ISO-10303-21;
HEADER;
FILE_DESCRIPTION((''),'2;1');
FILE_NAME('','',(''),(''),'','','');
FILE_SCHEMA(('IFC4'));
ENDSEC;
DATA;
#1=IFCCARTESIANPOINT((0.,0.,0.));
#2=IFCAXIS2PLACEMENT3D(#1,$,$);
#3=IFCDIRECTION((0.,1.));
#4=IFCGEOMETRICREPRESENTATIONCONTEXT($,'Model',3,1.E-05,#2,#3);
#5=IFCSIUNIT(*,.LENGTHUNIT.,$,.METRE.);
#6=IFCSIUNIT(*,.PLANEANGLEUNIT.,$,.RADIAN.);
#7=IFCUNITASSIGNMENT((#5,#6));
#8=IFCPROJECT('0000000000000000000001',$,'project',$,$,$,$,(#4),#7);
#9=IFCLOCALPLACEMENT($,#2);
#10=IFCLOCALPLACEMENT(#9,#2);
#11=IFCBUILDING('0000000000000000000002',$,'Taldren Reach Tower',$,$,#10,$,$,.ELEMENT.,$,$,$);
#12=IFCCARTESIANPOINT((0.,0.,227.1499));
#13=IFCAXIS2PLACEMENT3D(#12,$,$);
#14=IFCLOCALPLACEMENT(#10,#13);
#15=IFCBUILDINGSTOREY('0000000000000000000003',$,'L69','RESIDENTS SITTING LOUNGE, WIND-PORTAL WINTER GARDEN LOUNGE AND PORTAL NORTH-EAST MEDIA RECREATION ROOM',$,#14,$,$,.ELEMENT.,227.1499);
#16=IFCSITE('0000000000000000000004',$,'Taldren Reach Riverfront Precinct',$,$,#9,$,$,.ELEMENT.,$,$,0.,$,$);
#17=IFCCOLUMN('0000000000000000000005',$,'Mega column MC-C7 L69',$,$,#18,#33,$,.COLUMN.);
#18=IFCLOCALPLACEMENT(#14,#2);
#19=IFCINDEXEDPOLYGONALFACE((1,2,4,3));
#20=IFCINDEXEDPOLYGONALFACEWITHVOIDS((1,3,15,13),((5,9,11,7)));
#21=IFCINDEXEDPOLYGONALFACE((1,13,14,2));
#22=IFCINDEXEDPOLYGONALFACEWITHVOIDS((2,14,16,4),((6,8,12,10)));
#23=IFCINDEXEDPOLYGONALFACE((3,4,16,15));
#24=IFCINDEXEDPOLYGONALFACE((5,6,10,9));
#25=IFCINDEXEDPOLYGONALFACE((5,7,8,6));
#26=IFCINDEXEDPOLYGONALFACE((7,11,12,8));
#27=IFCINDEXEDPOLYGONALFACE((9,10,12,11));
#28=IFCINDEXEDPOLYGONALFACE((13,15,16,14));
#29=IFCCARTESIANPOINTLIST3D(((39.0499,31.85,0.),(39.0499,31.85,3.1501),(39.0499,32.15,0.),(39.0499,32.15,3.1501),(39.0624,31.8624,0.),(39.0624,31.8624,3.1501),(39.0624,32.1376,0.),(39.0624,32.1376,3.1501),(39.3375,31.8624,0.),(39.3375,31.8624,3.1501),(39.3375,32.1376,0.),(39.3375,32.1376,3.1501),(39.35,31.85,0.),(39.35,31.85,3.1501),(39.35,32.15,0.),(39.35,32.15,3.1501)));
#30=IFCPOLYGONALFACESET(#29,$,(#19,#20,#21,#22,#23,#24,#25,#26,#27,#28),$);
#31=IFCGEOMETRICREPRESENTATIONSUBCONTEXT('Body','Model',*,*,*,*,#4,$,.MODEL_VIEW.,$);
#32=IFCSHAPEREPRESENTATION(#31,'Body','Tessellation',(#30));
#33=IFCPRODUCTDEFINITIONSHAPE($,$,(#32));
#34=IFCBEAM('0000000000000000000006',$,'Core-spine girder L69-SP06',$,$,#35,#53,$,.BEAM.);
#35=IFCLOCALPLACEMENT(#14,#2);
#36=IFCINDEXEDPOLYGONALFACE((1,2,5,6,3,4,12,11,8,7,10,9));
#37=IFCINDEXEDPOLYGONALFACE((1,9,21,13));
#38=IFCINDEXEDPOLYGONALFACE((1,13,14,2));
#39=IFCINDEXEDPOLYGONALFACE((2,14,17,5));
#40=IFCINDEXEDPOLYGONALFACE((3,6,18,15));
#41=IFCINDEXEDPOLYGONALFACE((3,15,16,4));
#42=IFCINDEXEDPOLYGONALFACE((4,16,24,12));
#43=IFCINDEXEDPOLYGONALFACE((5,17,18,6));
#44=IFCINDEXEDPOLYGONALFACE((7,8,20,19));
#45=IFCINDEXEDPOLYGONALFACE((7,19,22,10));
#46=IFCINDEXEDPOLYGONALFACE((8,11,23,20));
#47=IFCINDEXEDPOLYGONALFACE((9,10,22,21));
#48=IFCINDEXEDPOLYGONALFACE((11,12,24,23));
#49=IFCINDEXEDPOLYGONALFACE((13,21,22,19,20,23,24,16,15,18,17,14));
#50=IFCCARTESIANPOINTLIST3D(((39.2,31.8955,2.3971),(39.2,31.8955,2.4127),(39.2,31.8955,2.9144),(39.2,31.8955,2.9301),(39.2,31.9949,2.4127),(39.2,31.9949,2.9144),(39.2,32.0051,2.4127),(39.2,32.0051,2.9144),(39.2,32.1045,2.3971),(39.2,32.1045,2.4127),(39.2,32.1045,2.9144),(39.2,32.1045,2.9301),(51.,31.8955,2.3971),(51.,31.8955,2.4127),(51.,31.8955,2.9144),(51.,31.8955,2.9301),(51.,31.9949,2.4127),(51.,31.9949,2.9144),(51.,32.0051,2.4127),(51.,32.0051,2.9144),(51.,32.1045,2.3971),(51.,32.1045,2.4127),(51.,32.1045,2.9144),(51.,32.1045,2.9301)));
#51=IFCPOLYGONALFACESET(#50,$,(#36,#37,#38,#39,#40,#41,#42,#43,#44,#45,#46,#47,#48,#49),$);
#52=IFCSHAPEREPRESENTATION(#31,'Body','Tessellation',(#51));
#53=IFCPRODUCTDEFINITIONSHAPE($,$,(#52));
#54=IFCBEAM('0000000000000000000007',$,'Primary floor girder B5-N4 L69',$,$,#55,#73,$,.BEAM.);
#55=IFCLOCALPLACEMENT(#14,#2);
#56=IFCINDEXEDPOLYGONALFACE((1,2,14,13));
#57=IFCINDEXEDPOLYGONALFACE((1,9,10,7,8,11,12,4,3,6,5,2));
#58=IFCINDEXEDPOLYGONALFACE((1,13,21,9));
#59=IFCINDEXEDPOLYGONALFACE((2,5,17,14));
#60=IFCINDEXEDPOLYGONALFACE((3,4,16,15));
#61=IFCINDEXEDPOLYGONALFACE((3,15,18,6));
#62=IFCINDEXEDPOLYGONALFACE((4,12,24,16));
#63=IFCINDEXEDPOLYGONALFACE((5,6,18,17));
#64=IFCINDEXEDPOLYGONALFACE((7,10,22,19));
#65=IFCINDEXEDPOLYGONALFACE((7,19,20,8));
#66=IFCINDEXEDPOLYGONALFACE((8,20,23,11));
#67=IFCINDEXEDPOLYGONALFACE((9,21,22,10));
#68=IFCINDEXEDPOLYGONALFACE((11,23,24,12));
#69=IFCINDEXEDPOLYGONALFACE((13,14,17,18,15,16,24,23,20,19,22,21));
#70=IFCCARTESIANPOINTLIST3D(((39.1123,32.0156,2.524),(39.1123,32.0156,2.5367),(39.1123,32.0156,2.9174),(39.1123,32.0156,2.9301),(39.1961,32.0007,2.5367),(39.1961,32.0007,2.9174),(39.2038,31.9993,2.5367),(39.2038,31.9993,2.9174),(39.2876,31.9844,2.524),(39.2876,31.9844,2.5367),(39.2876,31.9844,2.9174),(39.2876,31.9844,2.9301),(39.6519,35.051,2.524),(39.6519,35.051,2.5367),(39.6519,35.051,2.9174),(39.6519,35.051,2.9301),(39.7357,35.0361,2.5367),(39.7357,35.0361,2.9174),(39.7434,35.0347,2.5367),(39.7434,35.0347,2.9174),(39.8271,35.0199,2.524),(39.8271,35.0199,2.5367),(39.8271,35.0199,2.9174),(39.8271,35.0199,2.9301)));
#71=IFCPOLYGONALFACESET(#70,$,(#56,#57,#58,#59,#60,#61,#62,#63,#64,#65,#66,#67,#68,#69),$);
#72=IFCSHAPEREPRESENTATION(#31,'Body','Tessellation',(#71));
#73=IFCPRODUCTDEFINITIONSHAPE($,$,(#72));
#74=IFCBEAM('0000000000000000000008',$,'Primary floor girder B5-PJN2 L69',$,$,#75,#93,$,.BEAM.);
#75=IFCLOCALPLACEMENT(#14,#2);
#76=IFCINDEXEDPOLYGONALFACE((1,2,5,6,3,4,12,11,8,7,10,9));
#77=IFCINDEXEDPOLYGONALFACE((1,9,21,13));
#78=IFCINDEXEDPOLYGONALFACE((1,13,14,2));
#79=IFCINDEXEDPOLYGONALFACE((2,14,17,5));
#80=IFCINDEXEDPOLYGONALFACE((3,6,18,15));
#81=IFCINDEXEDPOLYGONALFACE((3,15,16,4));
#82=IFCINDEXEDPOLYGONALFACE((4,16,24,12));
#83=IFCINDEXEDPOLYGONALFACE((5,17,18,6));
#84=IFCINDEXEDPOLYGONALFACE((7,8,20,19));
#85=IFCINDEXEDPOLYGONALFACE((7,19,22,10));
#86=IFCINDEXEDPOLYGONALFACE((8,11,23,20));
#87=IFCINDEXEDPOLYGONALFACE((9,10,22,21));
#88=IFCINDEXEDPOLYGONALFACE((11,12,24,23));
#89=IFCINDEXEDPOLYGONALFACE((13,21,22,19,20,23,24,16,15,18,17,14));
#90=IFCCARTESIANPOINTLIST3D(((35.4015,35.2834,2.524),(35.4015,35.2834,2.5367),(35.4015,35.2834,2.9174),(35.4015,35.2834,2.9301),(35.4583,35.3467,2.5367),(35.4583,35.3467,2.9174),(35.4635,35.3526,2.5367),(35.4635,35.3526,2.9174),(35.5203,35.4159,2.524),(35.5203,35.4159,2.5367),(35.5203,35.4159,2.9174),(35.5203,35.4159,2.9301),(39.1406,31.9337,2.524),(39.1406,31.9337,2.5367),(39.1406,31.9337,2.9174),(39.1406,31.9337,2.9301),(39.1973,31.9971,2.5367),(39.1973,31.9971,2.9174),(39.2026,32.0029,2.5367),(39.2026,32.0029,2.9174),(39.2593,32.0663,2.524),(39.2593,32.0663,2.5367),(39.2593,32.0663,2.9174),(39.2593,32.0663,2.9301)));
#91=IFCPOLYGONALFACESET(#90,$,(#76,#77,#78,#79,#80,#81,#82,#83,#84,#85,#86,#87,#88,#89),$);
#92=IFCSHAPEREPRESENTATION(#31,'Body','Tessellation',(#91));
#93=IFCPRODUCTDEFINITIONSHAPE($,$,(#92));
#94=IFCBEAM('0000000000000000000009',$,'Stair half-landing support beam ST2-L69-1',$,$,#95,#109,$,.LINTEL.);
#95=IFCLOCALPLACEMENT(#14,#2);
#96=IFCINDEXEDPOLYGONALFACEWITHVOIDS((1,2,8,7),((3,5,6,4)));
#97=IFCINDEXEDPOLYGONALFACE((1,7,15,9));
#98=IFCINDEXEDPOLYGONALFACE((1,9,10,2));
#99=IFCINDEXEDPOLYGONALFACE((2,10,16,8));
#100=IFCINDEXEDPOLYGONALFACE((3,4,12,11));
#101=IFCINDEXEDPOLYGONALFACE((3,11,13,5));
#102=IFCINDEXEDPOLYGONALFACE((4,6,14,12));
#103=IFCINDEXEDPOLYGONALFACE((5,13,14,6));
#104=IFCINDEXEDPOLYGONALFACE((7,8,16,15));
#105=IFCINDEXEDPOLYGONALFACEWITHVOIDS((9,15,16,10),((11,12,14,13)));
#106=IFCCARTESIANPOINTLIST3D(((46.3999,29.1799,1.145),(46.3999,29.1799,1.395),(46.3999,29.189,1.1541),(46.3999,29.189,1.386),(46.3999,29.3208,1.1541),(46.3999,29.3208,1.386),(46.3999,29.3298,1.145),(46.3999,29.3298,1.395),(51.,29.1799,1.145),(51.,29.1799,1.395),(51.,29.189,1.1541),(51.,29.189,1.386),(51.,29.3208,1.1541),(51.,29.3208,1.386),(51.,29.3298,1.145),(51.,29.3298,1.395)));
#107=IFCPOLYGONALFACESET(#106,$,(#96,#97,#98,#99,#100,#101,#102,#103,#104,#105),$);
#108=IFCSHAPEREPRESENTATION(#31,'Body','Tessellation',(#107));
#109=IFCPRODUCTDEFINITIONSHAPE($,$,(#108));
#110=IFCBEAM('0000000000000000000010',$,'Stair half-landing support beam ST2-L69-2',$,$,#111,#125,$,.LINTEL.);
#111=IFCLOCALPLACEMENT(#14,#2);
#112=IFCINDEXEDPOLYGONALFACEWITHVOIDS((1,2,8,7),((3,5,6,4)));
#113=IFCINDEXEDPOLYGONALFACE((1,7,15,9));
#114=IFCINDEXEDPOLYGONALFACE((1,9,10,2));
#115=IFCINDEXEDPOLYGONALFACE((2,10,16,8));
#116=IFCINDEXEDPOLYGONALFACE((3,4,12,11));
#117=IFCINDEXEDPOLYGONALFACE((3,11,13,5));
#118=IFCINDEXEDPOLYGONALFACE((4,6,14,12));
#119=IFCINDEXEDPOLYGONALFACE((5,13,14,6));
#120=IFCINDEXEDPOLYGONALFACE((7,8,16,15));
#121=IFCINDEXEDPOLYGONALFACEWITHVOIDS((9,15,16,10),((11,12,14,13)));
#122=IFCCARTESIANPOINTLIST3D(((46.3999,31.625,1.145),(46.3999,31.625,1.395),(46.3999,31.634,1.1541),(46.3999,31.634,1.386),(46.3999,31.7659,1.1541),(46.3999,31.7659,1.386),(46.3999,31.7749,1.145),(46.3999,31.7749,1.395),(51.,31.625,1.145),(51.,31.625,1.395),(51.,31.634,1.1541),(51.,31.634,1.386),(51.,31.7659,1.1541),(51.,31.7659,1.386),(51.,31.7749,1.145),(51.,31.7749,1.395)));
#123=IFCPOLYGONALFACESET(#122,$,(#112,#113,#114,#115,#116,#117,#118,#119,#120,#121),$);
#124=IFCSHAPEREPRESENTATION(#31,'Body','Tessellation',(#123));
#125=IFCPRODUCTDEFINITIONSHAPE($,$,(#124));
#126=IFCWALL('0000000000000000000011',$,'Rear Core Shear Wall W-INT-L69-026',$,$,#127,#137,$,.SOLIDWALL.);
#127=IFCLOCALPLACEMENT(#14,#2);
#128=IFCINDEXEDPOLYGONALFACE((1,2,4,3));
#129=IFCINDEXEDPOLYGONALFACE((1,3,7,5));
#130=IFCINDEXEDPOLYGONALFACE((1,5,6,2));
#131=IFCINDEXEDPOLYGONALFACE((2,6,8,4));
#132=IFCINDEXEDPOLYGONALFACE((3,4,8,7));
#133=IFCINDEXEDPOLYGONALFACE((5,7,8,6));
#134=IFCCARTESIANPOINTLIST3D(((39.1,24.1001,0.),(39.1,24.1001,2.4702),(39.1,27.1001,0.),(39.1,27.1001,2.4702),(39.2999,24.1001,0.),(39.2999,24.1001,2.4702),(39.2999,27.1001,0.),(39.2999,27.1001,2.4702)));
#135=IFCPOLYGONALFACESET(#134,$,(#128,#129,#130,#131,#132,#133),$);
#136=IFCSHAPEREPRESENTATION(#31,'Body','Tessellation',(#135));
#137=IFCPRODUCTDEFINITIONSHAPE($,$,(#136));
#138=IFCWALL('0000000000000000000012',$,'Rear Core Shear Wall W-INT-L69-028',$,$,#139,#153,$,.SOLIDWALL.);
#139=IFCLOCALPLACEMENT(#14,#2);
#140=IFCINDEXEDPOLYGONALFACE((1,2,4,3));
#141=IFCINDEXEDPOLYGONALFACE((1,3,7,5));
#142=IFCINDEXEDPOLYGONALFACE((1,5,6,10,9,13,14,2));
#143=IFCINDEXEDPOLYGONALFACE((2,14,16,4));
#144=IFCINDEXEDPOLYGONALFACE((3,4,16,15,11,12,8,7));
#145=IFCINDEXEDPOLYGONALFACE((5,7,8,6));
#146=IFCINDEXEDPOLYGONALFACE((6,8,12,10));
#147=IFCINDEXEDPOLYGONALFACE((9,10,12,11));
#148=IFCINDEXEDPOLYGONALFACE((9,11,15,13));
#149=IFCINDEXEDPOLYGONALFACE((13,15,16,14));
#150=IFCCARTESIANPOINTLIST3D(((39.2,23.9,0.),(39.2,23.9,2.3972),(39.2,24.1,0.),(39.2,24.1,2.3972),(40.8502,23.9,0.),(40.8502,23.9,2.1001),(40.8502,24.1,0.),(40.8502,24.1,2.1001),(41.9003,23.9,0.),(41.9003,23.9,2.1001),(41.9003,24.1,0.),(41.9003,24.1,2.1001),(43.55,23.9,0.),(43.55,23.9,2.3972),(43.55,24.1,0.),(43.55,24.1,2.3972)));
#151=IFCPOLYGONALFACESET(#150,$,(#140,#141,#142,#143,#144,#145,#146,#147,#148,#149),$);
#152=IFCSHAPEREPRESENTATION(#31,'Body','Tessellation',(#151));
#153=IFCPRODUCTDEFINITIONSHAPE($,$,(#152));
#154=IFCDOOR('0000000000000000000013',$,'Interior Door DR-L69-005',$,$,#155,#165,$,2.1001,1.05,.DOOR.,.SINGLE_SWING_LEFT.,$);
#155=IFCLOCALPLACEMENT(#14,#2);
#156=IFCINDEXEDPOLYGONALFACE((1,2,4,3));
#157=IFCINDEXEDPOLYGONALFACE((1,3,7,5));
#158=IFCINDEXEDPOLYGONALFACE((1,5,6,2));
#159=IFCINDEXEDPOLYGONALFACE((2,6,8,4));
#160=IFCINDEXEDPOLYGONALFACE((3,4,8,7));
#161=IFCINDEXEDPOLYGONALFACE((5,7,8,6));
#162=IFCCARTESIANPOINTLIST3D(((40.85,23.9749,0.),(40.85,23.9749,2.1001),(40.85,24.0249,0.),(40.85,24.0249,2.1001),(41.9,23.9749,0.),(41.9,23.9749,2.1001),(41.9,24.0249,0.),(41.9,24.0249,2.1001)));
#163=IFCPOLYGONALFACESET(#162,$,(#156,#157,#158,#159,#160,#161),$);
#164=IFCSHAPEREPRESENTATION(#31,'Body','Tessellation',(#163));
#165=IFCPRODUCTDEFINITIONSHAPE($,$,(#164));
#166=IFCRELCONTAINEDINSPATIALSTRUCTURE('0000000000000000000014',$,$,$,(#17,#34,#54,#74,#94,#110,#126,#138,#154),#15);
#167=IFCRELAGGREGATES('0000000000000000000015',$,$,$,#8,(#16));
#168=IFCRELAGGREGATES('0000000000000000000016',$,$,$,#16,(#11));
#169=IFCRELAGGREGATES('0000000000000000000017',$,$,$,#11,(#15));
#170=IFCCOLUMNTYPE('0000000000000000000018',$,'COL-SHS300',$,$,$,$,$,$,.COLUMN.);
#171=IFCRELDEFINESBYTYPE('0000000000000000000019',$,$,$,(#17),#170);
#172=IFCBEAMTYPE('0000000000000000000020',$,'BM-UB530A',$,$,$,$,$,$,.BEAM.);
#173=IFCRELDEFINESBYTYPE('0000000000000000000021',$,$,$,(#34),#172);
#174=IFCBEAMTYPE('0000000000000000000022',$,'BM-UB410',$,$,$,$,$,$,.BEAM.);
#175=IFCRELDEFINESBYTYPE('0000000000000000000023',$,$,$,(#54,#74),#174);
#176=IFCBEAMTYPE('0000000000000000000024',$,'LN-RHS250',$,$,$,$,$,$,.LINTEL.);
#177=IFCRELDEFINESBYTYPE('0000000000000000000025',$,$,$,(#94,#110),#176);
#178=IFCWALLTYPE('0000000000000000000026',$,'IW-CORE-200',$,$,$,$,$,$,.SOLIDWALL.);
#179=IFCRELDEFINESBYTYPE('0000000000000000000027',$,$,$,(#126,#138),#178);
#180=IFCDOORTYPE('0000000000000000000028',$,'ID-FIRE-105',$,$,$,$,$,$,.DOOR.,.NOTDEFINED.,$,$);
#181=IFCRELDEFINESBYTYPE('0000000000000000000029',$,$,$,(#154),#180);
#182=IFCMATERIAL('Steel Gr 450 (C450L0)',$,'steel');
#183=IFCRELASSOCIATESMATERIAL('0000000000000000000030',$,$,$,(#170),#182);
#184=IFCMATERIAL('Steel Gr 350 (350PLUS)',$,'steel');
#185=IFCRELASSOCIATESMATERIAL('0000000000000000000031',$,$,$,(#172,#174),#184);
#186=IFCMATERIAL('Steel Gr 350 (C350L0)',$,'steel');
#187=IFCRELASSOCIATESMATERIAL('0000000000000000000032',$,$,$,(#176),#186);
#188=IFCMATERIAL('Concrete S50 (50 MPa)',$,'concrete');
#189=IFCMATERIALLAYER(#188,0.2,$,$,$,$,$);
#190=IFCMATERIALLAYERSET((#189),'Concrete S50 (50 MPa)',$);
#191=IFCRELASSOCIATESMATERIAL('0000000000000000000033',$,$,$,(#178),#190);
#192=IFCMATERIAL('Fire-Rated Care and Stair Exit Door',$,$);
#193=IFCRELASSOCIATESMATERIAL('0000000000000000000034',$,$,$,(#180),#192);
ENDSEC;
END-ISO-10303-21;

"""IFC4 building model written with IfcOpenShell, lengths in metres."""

from ifc_helpers import new_model, si_unit, direction, frame, frame_2d, origin, origin_2d, place, context, subcontext, project, spatial, rectangle, hollow_rectangle, i_section, extrude, source, transform, mapped, material, layer, layer_set, material_profile, profile_set, type_object, element, fill, save


model = new_model("IFC4")

# Units and contexts
model_context = context("Model", 3, precision=1e-05, world=origin(), true_north=direction((0.0, 1.0)))
body_context = subcontext(model_context, "Body", "Model", "MODEL_VIEW")
ifc_project = project(units=[si_unit("LENGTHUNIT", "METRE"), si_unit("PLANEANGLEUNIT", "RADIAN")], contexts=[model_context])

# Site, building, storey
site_placement = place(None, origin())
site = spatial("IfcSite", under=ifc_project, at=site_placement, Name="Taldren Reach Riverfront Precinct", CompositionType="ELEMENT", RefElevation=0.0)
building_placement = place(site_placement, origin())
building = spatial("IfcBuilding", under=site, at=building_placement, Name="Taldren Reach Tower", CompositionType="ELEMENT")
storey_placement = place(building_placement, frame((0.0, 0.0, 227.1499)))
storey = spatial("IfcBuildingStorey", under=building, at=storey_placement, Name="L69", Description="RESIDENTS SITTING LOUNGE, WIND-PORTAL WINTER GARDEN LOUNGE AND PORTAL NORTH-EAST MEDIA RECREATION ROOM", CompositionType="ELEMENT", Elevation=227.1499)

# Column
ifc_material_1 = material(Name="Steel Gr 450 (C450L0)", Category="steel")
ifc_material_profile_1 = material_profile(ifc_material_1, hollow_rectangle(XDim=0.3, YDim=0.3, WallThickness=0.0125, at=origin_2d()), Name="300x300x12.5SHS")
ifc_profile_set_1 = profile_set([ifc_material_profile_1], Name="Steel Gr 450 (C450L0)")
column_type = type_object("IfcColumnType", Name="COL-SHS300", PredefinedType="COLUMN", material=ifc_profile_set_1)
shared_shape_1 = source(origin(), body_context, "Body", "SweptSolid", [
    extrude(hollow_rectangle(XDim=0.3, YDim=0.3, WallThickness=0.0125, at=origin_2d()), origin(), (0.0, 0.0, 1.0), 3.1501),
])
column_placement = place(storey_placement, frame((39.2, 32.0, 0.0), z_axis=(0.0, 0.0, 1.0), x_axis=(1.0, 0.0, 0.0)))
element("IfcColumn", 1, at=column_placement, inside=storey, type_object=column_type, Name="Mega column MC-C7 L69", PredefinedType="COLUMN", context=body_context, shape_type="MappedRepresentation", body=[
    mapped(shared_shape_1, transform((0.0, 0.0, 0.0), scale=1.0)),
])

# Beams
ifc_material_2 = material(Name="Steel Gr 350 (350PLUS)", Category="steel")
ifc_material_profile_2 = material_profile(ifc_material_2, i_section(OverallWidth=0.209, OverallDepth=0.533, WebThickness=0.0103, FlangeThickness=0.0156, at=origin_2d()), Name="530UB92.4")
ifc_profile_set_2 = profile_set([ifc_material_profile_2], Name="Steel Gr 350 (350PLUS)")
beam_type_1 = type_object("IfcBeamType", Name="BM-UB530A", PredefinedType="BEAM", material=ifc_profile_set_2)
shared_shape_2 = source(origin(), body_context, "Body", "SweptSolid", [
    extrude(i_section(OverallWidth=0.209, OverallDepth=0.533, WebThickness=0.0103, FlangeThickness=0.0156, at=origin_2d()), origin(), (0.0, 0.0, 1.0), 11.8),
])
beam_1_placement = place(storey_placement, frame((39.2, 32.0, 2.6636), z_axis=(1.0, 0.0, 0.0), x_axis=(0.0, 1.0, 0.0)))
element("IfcBeam", 2, at=beam_1_placement, inside=storey, type_object=beam_type_1, Name="Core-spine girder L69-SP06", PredefinedType="BEAM", context=body_context, shape_type="MappedRepresentation", body=[
    mapped(shared_shape_2, transform((0.0, 0.0, 0.0), scale=1.0)),
])
ifc_material_profile_3 = material_profile(ifc_material_2, i_section(OverallWidth=0.178, OverallDepth=0.406, WebThickness=0.0078, FlangeThickness=0.0127, at=origin_2d()), Name="410UB59.7")
ifc_profile_set_3 = profile_set([ifc_material_profile_3], Name="Steel Gr 350 (350PLUS)")
beam_type_2 = type_object("IfcBeamType", Name="BM-UB410", PredefinedType="BEAM", material=ifc_profile_set_3)
shared_shape_3 = source(origin(), body_context, "Body", "SweptSolid", [
    extrude(i_section(OverallWidth=0.178, OverallDepth=0.406, WebThickness=0.0078, FlangeThickness=0.0127, at=origin_2d()), origin(), (0.0, 0.0, 1.0), 3.083),
])
beam_2_placement = place(storey_placement, frame((39.2, 32.0, 2.7271), z_axis=(0.175009, 0.984567, 0.0), x_axis=(-0.984567, 0.175009, 0.0)))
element("IfcBeam", 3, at=beam_2_placement, inside=storey, type_object=beam_type_2, Name="Primary floor girder B5-N4 L69", PredefinedType="BEAM", context=body_context, shape_type="MappedRepresentation", body=[
    mapped(shared_shape_3, transform((0.0, 0.0, 0.0), scale=1.0)),
])
shared_shape_4 = source(origin(), body_context, "Body", "SweptSolid", [
    extrude(i_section(OverallWidth=0.178, OverallDepth=0.406, WebThickness=0.0078, FlangeThickness=0.0127, at=origin_2d()), origin(), (0.0, 0.0, 1.0), 5.02),
])
beam_3_placement = place(storey_placement, frame((39.2, 32.0, 2.7271), z_axis=(-0.744828, 0.667257, 0.0), x_axis=(-0.667257, -0.744828, 0.0)))
element("IfcBeam", 4, at=beam_3_placement, inside=storey, type_object=beam_type_2, Name="Primary floor girder B5-PJN2 L69", PredefinedType="BEAM", context=body_context, shape_type="MappedRepresentation", body=[
    mapped(shared_shape_4, transform((0.0, 0.0, 0.0), scale=1.0)),
])
ifc_material_3 = material(Name="Steel Gr 350 (C350L0)", Category="steel")
ifc_material_profile_4 = material_profile(ifc_material_3, hollow_rectangle(XDim=0.1499, YDim=0.25, WallThickness=0.009, at=origin_2d()), Name="250x150x9.0RHS")
ifc_profile_set_4 = profile_set([ifc_material_profile_4], Name="Steel Gr 350 (C350L0)")
beam_type_3 = type_object("IfcBeamType", Name="LN-RHS250", PredefinedType="LINTEL", material=ifc_profile_set_4)
shared_shape_5 = source(origin(), body_context, "Body", "SweptSolid", [
    extrude(hollow_rectangle(XDim=0.1499, YDim=0.25, WallThickness=0.009, at=origin_2d()), origin(), (0.0, 0.0, 1.0), 4.6001),
])
for number, where, z_axis, x_axis, name in (
    (5, (46.3999, 29.2549, 1.27), (1.0, 0.0, 0.0), (0.0, 1.0, 0.0), "Stair half-landing support beam ST2-L69-1"),
    (6, (46.3999, 31.7, 1.27), (1.0, 0.0, 0.0), (0.0, 1.0, 0.0), "Stair half-landing support beam ST2-L69-2"),
):
    element("IfcBeam", number, at=place(storey_placement, frame(where, z_axis=z_axis, x_axis=x_axis)), inside=storey, type_object=beam_type_3, Name=name, PredefinedType="LINTEL", context=body_context, shape_type="MappedRepresentation", body=[
        mapped(shared_shape_5, transform((0.0, 0.0, 0.0), scale=1.0)),
    ])

# Wall
ifc_material_4 = material(Name="Concrete S50 (50 MPa)", Category="concrete")
ifc_layer_1 = layer(ifc_material_4, 0.2)
ifc_layer_set_1 = layer_set([ifc_layer_1], Name="Concrete S50 (50 MPa)")
wall_type_1 = type_object("IfcWallType", Name="IW-CORE-200", PredefinedType="SOLIDWALL", material=ifc_layer_set_1)
shared_shape_6 = source(origin(), body_context, "Body", "SweptSolid", [
    extrude(rectangle(XDim=3.0, YDim=0.2, at=frame_2d((1.5, 0.0))), origin(), (0.0, 0.0, 1.0), 2.4702),
])
wall_1_placement = place(storey_placement, frame((39.2, 24.1001, 0.0), z_axis=(0.0, 0.0, 1.0), x_axis=(0.0, 1.0, 0.0)))
element("IfcWall", 7, at=wall_1_placement, inside=storey, type_object=wall_type_1, Name="Rear Core Shear Wall W-INT-L69-026", PredefinedType="SOLIDWALL", context=body_context, shape_type="MappedRepresentation", body=[
    mapped(shared_shape_6, transform((0.0, 0.0, 0.0), scale=1.0)),
])

# Wall, opening, door
shared_shape_7 = source(origin(), body_context, "Body", "SweptSolid", [
    extrude(rectangle(XDim=4.3501, YDim=0.2, at=frame_2d((2.175, 0.0))), origin(), (0.0, 0.0, 1.0), 2.3972),
])
wall_2_placement = place(storey_placement, frame((43.55, 24.0, 0.0), z_axis=(0.0, 0.0, 1.0), x_axis=(-1.0, 0.0, 0.0)))
wall_2 = element("IfcWall", 8, at=wall_2_placement, inside=storey, type_object=wall_type_1, Name="Rear Core Shear Wall W-INT-L69-028", PredefinedType="SOLIDWALL", context=body_context, shape_type="MappedRepresentation", body=[
    mapped(shared_shape_7, transform((0.0, 0.0, 0.0), scale=1.0)),
])
shared_shape_8 = source(origin(), body_context, "Body", "SweptSolid", [
    extrude(rectangle(XDim=1.05, YDim=2.1001, at=frame_2d((0.5249, 1.05))), frame((0.0, 0.1099, 0.0), z_axis=(0.0, -1.0, 0.0), x_axis=(1.0, 0.0, 0.0)), (0.0, 0.0, 1.0), 0.22),
])
opening_1_placement = place(wall_2_placement, frame((1.6499, 0.0, 0.0)))
opening_1 = element("IfcOpeningElement", 9, at=opening_1_placement, cuts=wall_2, PredefinedType="OPENING", context=body_context, shape_type="MappedRepresentation", body=[
    mapped(shared_shape_8, transform((0.0, 0.0, 0.0), scale=1.0)),
])
ifc_material_5 = material(Name="Fire-Rated Care and Stair Exit Door")
door_type_1 = type_object("IfcDoorType", Name="ID-FIRE-105", OperationType="NOTDEFINED", PredefinedType="DOOR", material=ifc_material_5)
shared_shape_9 = source(origin(), body_context, "Body", "SweptSolid", [
    extrude(rectangle(XDim=1.05, YDim=2.1001, at=frame_2d((0.5249, 1.05))), frame((0.0, 0.0249, 0.0), z_axis=(0.0, -1.0, 0.0), x_axis=(1.0, 0.0, 0.0)), (0.0, 0.0, 1.0), 0.05),
])
door_1_placement = place(opening_1_placement, frame((1.05, 0.0, 0.0), z_axis=(0.0, 0.0, 1.0), x_axis=(-1.0, 0.0, 0.0)))
door_1 = element("IfcDoor", 10, at=door_1_placement, inside=storey, type_object=door_type_1, Name="Interior Door DR-L69-005", OperationType="SINGLE_SWING_LEFT", OverallHeight=2.1001, OverallWidth=1.05, PredefinedType="DOOR", context=body_context, shape_type="MappedRepresentation", body=[
    mapped(shared_shape_9, transform((0.0, 0.0, 0.0), scale=1.0)),
])
fill(opening_1, door_1)

save(model, "model.ifc")
